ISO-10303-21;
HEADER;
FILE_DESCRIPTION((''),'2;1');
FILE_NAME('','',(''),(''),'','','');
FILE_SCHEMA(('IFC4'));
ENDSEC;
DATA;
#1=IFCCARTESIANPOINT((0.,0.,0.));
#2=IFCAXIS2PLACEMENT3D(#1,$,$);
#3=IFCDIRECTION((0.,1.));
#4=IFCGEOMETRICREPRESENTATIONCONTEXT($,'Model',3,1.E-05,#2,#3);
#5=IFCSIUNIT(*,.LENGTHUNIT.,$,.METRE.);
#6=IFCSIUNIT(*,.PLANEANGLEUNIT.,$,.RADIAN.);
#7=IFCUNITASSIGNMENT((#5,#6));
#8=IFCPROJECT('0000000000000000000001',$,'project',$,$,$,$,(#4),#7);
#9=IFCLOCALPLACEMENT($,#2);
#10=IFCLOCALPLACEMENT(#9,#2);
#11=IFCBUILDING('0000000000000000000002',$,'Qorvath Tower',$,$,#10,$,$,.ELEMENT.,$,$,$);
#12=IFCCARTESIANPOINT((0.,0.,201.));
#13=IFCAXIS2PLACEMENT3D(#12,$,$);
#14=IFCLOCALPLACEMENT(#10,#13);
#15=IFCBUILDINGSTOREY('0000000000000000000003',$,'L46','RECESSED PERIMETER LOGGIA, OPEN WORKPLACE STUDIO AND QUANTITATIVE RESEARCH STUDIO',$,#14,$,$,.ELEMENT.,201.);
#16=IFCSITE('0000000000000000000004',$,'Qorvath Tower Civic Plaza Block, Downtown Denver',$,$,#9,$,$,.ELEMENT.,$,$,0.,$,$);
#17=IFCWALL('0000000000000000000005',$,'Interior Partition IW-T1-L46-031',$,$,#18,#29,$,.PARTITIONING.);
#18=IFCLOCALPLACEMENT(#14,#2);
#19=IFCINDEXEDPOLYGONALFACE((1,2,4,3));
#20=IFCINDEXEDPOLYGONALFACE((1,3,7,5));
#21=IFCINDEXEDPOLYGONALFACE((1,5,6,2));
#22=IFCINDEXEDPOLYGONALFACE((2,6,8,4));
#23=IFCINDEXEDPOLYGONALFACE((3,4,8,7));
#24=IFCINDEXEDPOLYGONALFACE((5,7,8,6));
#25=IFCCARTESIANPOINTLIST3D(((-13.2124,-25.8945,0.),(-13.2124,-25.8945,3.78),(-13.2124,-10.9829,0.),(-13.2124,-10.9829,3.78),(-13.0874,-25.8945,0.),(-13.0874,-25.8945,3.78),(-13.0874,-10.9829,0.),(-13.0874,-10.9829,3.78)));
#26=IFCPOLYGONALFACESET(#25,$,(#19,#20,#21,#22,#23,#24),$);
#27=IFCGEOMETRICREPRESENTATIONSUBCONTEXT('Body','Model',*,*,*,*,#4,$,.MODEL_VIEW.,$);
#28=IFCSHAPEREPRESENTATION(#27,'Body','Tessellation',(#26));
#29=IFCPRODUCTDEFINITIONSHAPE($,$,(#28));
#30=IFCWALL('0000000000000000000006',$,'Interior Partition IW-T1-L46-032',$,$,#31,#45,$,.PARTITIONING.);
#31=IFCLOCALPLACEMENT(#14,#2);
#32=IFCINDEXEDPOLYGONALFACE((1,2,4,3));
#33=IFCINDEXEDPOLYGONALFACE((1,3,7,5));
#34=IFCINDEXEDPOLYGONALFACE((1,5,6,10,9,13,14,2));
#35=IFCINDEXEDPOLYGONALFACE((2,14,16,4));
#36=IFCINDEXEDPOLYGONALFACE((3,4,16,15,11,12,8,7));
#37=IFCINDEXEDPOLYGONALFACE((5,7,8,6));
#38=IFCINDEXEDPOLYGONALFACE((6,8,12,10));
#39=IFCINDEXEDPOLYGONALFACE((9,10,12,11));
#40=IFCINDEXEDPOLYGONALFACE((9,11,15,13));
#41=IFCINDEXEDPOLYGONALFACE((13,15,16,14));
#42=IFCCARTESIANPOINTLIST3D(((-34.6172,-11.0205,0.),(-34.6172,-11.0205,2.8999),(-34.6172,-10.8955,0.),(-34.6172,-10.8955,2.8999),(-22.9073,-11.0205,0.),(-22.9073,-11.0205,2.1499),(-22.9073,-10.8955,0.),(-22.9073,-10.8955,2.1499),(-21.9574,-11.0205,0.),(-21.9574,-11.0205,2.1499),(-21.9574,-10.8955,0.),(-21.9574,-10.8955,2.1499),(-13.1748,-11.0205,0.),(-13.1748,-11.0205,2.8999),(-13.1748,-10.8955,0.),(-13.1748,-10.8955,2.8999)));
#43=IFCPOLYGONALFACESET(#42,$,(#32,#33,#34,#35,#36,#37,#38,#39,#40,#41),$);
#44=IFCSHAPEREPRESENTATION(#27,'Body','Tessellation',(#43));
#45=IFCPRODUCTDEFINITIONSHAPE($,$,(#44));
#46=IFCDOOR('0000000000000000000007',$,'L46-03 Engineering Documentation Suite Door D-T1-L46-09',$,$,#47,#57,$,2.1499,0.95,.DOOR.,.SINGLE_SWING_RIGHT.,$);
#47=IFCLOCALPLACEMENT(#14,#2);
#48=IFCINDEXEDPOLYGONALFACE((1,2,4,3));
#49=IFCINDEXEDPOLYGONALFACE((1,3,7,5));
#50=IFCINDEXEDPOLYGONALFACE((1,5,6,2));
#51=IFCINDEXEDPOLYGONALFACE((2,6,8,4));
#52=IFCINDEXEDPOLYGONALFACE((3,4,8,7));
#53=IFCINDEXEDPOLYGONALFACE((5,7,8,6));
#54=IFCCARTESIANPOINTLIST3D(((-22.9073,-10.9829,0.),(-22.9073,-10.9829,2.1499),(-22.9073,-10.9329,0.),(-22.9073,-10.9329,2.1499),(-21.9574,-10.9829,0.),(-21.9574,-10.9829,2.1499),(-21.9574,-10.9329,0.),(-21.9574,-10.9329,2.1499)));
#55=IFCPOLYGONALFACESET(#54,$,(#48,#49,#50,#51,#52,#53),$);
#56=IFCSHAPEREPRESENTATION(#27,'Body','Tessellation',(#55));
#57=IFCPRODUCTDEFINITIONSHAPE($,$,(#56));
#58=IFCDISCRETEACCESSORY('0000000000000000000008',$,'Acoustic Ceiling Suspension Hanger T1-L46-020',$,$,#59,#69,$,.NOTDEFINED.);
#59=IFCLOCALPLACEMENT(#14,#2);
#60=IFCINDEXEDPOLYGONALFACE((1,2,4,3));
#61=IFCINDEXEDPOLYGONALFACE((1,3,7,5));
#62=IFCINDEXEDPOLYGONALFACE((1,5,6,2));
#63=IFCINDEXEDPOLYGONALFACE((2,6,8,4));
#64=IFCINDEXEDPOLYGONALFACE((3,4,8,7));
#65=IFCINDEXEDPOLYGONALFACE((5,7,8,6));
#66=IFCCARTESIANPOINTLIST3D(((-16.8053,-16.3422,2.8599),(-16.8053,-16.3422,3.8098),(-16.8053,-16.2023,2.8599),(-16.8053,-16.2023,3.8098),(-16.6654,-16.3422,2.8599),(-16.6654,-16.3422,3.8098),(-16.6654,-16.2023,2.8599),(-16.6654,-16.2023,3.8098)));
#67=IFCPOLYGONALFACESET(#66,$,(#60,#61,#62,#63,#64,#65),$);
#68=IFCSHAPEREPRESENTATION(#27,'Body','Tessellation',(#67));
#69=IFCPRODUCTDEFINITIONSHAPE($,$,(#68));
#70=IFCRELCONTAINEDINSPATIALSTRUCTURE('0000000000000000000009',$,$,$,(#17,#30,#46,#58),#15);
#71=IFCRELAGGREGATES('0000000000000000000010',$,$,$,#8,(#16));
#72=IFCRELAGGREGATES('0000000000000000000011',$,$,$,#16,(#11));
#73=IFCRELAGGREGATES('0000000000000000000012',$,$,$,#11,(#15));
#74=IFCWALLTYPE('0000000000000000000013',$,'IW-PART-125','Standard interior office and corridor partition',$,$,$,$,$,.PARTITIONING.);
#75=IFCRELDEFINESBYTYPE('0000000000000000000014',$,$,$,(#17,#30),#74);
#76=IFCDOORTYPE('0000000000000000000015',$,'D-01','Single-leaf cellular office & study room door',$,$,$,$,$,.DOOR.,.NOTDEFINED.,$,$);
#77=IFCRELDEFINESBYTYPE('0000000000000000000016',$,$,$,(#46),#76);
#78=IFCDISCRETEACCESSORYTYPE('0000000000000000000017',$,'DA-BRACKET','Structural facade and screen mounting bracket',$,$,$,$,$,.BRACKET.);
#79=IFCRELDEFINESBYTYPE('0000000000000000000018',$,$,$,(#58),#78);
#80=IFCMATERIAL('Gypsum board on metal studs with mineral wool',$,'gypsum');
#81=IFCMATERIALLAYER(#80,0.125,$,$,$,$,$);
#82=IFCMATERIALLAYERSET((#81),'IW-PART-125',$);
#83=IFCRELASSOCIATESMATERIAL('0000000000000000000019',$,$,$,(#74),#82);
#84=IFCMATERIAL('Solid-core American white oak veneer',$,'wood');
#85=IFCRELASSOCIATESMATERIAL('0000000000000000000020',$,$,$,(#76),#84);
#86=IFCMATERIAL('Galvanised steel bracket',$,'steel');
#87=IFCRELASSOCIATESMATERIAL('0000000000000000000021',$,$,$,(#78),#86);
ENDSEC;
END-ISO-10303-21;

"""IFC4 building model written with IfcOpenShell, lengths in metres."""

from ifc_helpers import new_model, si_unit, direction, frame, frame_2d, origin, origin_2d, place, context, subcontext, project, spatial, rectangle, extrude, material, layer, layer_set, type_object, element, fill, save


model = new_model("IFC4")

# Units and contexts
model_context = context("Model", 3, precision=1e-05, world=origin(), true_north=direction((0.0, 1.0)))
body_context = subcontext(model_context, "Body", "Model", "MODEL_VIEW")
ifc_project = project(units=[si_unit("LENGTHUNIT", "METRE"), si_unit("PLANEANGLEUNIT", "RADIAN")], contexts=[model_context])

# Site, building, storey
site_placement = place(None, origin())
site = spatial("IfcSite", under=ifc_project, at=site_placement, Name="Qorvath Tower Civic Plaza Block, Downtown Denver", CompositionType="ELEMENT", RefElevation=0.0)
building_placement = place(site_placement, origin())
building = spatial("IfcBuilding", under=site, at=building_placement, Name="Qorvath Tower", CompositionType="ELEMENT")
storey_placement = place(building_placement, frame((0.0, 0.0, 201.0)))
storey = spatial("IfcBuildingStorey", under=building, at=storey_placement, Name="L46", Description="RECESSED PERIMETER LOGGIA, OPEN WORKPLACE STUDIO AND QUANTITATIVE RESEARCH STUDIO", CompositionType="ELEMENT", Elevation=201.0)

# Wall
ifc_material_1 = material(Name="Gypsum board on metal studs with mineral wool", Category="gypsum")
ifc_layer_1 = layer(ifc_material_1, 0.125)
ifc_layer_set_1 = layer_set([ifc_layer_1], Name="IW-PART-125")
wall_type = type_object("IfcWallType", Name="IW-PART-125", Description="Standard interior office and corridor partition", PredefinedType="PARTITIONING", material=ifc_layer_set_1)
wall_1_placement = place(storey_placement, frame((-13.1499, -25.8945, 0.0), z_axis=(0.0, 0.0, 1.0), x_axis=(0.0, 1.0, 0.0)))
element("IfcWall", 1, at=wall_1_placement, inside=storey, type_object=wall_type, Name="Interior Partition IW-T1-L46-031", PredefinedType="PARTITIONING", context=body_context, shape_type="SweptSolid", body=[
    extrude(rectangle(XDim=14.9116, YDim=0.125, at=frame_2d((7.4558, 0.0))), origin(), (0.0, 0.0, 1.0), 3.78),
])

# Wall, opening, door
wall_2_placement = place(storey_placement, frame((-13.1748, -10.958, 0.0), z_axis=(0.0, 0.0, 1.0), x_axis=(-1.0, 0.0, 0.0)))
wall_2 = element("IfcWall", 2, at=wall_2_placement, inside=storey, type_object=wall_type, Name="Interior Partition IW-T1-L46-032", PredefinedType="PARTITIONING", context=body_context, shape_type="SweptSolid", body=[
    extrude(rectangle(XDim=21.4424, YDim=0.125, at=frame_2d((10.7212, 0.0))), origin(), (0.0, 0.0, 1.0), 2.8999),
])
opening_placement = place(wall_2_placement, frame((8.7825, 0.0, 0.0)))
opening = element("IfcOpeningElement", 3, at=opening_placement, cuts=wall_2, PredefinedType="OPENING", context=body_context, shape_type="SweptSolid", body=[
    extrude(rectangle(XDim=0.95, YDim=2.1499, at=frame_2d((0.4751, 1.075))), frame((0.0, 0.0725, 0.0), z_axis=(0.0, -1.0, 0.0), x_axis=(1.0, 0.0, 0.0)), (0.0, 0.0, 1.0), 0.145),
])
ifc_material_2 = material(Name="Solid-core American white oak veneer", Category="wood")
door_type = type_object("IfcDoorType", Name="D-01", Description="Single-leaf cellular office & study room door", OperationType="NOTDEFINED", PredefinedType="DOOR", material=ifc_material_2)
door_placement = place(opening_placement, origin())
door = element("IfcDoor", 4, at=door_placement, inside=storey, type_object=door_type, Name="L46-03 Engineering Documentation Suite Door D-T1-L46-09", OperationType="SINGLE_SWING_RIGHT", OverallHeight=2.1499, OverallWidth=0.95, PredefinedType="DOOR", context=body_context, shape_type="SweptSolid", body=[
    extrude(rectangle(XDim=0.95, YDim=2.1499, at=frame_2d((0.4751, 1.075))), frame((0.0, 0.0249, 0.0), z_axis=(0.0, -1.0, 0.0), x_axis=(1.0, 0.0, 0.0)), (0.0, 0.0, 1.0), 0.05),
])
fill(opening, door)

# Discrete accessory
ifc_material_3 = material(Name="Galvanised steel bracket", Category="steel")
discrete_accessory_type = type_object("IfcDiscreteAccessoryType", Name="DA-BRACKET", Description="Structural facade and screen mounting bracket", PredefinedType="BRACKET", material=ifc_material_3)
discrete_accessory_placement = place(storey_placement, frame((-16.7354, -16.2722, 2.8599), z_axis=(0.0, 0.0, 1.0), x_axis=(1.0, 0.0, 0.0)))
element("IfcDiscreteAccessory", 5, at=discrete_accessory_placement, inside=storey, type_object=discrete_accessory_type, Name="Acoustic Ceiling Suspension Hanger T1-L46-020", PredefinedType="NOTDEFINED", context=body_context, shape_type="SweptSolid", body=[
    extrude(rectangle(XDim=0.1399, YDim=0.1399, at=origin_2d()), origin(), (0.0, 0.0, 1.0), 0.95),
])

save(model, "model.ifc")
